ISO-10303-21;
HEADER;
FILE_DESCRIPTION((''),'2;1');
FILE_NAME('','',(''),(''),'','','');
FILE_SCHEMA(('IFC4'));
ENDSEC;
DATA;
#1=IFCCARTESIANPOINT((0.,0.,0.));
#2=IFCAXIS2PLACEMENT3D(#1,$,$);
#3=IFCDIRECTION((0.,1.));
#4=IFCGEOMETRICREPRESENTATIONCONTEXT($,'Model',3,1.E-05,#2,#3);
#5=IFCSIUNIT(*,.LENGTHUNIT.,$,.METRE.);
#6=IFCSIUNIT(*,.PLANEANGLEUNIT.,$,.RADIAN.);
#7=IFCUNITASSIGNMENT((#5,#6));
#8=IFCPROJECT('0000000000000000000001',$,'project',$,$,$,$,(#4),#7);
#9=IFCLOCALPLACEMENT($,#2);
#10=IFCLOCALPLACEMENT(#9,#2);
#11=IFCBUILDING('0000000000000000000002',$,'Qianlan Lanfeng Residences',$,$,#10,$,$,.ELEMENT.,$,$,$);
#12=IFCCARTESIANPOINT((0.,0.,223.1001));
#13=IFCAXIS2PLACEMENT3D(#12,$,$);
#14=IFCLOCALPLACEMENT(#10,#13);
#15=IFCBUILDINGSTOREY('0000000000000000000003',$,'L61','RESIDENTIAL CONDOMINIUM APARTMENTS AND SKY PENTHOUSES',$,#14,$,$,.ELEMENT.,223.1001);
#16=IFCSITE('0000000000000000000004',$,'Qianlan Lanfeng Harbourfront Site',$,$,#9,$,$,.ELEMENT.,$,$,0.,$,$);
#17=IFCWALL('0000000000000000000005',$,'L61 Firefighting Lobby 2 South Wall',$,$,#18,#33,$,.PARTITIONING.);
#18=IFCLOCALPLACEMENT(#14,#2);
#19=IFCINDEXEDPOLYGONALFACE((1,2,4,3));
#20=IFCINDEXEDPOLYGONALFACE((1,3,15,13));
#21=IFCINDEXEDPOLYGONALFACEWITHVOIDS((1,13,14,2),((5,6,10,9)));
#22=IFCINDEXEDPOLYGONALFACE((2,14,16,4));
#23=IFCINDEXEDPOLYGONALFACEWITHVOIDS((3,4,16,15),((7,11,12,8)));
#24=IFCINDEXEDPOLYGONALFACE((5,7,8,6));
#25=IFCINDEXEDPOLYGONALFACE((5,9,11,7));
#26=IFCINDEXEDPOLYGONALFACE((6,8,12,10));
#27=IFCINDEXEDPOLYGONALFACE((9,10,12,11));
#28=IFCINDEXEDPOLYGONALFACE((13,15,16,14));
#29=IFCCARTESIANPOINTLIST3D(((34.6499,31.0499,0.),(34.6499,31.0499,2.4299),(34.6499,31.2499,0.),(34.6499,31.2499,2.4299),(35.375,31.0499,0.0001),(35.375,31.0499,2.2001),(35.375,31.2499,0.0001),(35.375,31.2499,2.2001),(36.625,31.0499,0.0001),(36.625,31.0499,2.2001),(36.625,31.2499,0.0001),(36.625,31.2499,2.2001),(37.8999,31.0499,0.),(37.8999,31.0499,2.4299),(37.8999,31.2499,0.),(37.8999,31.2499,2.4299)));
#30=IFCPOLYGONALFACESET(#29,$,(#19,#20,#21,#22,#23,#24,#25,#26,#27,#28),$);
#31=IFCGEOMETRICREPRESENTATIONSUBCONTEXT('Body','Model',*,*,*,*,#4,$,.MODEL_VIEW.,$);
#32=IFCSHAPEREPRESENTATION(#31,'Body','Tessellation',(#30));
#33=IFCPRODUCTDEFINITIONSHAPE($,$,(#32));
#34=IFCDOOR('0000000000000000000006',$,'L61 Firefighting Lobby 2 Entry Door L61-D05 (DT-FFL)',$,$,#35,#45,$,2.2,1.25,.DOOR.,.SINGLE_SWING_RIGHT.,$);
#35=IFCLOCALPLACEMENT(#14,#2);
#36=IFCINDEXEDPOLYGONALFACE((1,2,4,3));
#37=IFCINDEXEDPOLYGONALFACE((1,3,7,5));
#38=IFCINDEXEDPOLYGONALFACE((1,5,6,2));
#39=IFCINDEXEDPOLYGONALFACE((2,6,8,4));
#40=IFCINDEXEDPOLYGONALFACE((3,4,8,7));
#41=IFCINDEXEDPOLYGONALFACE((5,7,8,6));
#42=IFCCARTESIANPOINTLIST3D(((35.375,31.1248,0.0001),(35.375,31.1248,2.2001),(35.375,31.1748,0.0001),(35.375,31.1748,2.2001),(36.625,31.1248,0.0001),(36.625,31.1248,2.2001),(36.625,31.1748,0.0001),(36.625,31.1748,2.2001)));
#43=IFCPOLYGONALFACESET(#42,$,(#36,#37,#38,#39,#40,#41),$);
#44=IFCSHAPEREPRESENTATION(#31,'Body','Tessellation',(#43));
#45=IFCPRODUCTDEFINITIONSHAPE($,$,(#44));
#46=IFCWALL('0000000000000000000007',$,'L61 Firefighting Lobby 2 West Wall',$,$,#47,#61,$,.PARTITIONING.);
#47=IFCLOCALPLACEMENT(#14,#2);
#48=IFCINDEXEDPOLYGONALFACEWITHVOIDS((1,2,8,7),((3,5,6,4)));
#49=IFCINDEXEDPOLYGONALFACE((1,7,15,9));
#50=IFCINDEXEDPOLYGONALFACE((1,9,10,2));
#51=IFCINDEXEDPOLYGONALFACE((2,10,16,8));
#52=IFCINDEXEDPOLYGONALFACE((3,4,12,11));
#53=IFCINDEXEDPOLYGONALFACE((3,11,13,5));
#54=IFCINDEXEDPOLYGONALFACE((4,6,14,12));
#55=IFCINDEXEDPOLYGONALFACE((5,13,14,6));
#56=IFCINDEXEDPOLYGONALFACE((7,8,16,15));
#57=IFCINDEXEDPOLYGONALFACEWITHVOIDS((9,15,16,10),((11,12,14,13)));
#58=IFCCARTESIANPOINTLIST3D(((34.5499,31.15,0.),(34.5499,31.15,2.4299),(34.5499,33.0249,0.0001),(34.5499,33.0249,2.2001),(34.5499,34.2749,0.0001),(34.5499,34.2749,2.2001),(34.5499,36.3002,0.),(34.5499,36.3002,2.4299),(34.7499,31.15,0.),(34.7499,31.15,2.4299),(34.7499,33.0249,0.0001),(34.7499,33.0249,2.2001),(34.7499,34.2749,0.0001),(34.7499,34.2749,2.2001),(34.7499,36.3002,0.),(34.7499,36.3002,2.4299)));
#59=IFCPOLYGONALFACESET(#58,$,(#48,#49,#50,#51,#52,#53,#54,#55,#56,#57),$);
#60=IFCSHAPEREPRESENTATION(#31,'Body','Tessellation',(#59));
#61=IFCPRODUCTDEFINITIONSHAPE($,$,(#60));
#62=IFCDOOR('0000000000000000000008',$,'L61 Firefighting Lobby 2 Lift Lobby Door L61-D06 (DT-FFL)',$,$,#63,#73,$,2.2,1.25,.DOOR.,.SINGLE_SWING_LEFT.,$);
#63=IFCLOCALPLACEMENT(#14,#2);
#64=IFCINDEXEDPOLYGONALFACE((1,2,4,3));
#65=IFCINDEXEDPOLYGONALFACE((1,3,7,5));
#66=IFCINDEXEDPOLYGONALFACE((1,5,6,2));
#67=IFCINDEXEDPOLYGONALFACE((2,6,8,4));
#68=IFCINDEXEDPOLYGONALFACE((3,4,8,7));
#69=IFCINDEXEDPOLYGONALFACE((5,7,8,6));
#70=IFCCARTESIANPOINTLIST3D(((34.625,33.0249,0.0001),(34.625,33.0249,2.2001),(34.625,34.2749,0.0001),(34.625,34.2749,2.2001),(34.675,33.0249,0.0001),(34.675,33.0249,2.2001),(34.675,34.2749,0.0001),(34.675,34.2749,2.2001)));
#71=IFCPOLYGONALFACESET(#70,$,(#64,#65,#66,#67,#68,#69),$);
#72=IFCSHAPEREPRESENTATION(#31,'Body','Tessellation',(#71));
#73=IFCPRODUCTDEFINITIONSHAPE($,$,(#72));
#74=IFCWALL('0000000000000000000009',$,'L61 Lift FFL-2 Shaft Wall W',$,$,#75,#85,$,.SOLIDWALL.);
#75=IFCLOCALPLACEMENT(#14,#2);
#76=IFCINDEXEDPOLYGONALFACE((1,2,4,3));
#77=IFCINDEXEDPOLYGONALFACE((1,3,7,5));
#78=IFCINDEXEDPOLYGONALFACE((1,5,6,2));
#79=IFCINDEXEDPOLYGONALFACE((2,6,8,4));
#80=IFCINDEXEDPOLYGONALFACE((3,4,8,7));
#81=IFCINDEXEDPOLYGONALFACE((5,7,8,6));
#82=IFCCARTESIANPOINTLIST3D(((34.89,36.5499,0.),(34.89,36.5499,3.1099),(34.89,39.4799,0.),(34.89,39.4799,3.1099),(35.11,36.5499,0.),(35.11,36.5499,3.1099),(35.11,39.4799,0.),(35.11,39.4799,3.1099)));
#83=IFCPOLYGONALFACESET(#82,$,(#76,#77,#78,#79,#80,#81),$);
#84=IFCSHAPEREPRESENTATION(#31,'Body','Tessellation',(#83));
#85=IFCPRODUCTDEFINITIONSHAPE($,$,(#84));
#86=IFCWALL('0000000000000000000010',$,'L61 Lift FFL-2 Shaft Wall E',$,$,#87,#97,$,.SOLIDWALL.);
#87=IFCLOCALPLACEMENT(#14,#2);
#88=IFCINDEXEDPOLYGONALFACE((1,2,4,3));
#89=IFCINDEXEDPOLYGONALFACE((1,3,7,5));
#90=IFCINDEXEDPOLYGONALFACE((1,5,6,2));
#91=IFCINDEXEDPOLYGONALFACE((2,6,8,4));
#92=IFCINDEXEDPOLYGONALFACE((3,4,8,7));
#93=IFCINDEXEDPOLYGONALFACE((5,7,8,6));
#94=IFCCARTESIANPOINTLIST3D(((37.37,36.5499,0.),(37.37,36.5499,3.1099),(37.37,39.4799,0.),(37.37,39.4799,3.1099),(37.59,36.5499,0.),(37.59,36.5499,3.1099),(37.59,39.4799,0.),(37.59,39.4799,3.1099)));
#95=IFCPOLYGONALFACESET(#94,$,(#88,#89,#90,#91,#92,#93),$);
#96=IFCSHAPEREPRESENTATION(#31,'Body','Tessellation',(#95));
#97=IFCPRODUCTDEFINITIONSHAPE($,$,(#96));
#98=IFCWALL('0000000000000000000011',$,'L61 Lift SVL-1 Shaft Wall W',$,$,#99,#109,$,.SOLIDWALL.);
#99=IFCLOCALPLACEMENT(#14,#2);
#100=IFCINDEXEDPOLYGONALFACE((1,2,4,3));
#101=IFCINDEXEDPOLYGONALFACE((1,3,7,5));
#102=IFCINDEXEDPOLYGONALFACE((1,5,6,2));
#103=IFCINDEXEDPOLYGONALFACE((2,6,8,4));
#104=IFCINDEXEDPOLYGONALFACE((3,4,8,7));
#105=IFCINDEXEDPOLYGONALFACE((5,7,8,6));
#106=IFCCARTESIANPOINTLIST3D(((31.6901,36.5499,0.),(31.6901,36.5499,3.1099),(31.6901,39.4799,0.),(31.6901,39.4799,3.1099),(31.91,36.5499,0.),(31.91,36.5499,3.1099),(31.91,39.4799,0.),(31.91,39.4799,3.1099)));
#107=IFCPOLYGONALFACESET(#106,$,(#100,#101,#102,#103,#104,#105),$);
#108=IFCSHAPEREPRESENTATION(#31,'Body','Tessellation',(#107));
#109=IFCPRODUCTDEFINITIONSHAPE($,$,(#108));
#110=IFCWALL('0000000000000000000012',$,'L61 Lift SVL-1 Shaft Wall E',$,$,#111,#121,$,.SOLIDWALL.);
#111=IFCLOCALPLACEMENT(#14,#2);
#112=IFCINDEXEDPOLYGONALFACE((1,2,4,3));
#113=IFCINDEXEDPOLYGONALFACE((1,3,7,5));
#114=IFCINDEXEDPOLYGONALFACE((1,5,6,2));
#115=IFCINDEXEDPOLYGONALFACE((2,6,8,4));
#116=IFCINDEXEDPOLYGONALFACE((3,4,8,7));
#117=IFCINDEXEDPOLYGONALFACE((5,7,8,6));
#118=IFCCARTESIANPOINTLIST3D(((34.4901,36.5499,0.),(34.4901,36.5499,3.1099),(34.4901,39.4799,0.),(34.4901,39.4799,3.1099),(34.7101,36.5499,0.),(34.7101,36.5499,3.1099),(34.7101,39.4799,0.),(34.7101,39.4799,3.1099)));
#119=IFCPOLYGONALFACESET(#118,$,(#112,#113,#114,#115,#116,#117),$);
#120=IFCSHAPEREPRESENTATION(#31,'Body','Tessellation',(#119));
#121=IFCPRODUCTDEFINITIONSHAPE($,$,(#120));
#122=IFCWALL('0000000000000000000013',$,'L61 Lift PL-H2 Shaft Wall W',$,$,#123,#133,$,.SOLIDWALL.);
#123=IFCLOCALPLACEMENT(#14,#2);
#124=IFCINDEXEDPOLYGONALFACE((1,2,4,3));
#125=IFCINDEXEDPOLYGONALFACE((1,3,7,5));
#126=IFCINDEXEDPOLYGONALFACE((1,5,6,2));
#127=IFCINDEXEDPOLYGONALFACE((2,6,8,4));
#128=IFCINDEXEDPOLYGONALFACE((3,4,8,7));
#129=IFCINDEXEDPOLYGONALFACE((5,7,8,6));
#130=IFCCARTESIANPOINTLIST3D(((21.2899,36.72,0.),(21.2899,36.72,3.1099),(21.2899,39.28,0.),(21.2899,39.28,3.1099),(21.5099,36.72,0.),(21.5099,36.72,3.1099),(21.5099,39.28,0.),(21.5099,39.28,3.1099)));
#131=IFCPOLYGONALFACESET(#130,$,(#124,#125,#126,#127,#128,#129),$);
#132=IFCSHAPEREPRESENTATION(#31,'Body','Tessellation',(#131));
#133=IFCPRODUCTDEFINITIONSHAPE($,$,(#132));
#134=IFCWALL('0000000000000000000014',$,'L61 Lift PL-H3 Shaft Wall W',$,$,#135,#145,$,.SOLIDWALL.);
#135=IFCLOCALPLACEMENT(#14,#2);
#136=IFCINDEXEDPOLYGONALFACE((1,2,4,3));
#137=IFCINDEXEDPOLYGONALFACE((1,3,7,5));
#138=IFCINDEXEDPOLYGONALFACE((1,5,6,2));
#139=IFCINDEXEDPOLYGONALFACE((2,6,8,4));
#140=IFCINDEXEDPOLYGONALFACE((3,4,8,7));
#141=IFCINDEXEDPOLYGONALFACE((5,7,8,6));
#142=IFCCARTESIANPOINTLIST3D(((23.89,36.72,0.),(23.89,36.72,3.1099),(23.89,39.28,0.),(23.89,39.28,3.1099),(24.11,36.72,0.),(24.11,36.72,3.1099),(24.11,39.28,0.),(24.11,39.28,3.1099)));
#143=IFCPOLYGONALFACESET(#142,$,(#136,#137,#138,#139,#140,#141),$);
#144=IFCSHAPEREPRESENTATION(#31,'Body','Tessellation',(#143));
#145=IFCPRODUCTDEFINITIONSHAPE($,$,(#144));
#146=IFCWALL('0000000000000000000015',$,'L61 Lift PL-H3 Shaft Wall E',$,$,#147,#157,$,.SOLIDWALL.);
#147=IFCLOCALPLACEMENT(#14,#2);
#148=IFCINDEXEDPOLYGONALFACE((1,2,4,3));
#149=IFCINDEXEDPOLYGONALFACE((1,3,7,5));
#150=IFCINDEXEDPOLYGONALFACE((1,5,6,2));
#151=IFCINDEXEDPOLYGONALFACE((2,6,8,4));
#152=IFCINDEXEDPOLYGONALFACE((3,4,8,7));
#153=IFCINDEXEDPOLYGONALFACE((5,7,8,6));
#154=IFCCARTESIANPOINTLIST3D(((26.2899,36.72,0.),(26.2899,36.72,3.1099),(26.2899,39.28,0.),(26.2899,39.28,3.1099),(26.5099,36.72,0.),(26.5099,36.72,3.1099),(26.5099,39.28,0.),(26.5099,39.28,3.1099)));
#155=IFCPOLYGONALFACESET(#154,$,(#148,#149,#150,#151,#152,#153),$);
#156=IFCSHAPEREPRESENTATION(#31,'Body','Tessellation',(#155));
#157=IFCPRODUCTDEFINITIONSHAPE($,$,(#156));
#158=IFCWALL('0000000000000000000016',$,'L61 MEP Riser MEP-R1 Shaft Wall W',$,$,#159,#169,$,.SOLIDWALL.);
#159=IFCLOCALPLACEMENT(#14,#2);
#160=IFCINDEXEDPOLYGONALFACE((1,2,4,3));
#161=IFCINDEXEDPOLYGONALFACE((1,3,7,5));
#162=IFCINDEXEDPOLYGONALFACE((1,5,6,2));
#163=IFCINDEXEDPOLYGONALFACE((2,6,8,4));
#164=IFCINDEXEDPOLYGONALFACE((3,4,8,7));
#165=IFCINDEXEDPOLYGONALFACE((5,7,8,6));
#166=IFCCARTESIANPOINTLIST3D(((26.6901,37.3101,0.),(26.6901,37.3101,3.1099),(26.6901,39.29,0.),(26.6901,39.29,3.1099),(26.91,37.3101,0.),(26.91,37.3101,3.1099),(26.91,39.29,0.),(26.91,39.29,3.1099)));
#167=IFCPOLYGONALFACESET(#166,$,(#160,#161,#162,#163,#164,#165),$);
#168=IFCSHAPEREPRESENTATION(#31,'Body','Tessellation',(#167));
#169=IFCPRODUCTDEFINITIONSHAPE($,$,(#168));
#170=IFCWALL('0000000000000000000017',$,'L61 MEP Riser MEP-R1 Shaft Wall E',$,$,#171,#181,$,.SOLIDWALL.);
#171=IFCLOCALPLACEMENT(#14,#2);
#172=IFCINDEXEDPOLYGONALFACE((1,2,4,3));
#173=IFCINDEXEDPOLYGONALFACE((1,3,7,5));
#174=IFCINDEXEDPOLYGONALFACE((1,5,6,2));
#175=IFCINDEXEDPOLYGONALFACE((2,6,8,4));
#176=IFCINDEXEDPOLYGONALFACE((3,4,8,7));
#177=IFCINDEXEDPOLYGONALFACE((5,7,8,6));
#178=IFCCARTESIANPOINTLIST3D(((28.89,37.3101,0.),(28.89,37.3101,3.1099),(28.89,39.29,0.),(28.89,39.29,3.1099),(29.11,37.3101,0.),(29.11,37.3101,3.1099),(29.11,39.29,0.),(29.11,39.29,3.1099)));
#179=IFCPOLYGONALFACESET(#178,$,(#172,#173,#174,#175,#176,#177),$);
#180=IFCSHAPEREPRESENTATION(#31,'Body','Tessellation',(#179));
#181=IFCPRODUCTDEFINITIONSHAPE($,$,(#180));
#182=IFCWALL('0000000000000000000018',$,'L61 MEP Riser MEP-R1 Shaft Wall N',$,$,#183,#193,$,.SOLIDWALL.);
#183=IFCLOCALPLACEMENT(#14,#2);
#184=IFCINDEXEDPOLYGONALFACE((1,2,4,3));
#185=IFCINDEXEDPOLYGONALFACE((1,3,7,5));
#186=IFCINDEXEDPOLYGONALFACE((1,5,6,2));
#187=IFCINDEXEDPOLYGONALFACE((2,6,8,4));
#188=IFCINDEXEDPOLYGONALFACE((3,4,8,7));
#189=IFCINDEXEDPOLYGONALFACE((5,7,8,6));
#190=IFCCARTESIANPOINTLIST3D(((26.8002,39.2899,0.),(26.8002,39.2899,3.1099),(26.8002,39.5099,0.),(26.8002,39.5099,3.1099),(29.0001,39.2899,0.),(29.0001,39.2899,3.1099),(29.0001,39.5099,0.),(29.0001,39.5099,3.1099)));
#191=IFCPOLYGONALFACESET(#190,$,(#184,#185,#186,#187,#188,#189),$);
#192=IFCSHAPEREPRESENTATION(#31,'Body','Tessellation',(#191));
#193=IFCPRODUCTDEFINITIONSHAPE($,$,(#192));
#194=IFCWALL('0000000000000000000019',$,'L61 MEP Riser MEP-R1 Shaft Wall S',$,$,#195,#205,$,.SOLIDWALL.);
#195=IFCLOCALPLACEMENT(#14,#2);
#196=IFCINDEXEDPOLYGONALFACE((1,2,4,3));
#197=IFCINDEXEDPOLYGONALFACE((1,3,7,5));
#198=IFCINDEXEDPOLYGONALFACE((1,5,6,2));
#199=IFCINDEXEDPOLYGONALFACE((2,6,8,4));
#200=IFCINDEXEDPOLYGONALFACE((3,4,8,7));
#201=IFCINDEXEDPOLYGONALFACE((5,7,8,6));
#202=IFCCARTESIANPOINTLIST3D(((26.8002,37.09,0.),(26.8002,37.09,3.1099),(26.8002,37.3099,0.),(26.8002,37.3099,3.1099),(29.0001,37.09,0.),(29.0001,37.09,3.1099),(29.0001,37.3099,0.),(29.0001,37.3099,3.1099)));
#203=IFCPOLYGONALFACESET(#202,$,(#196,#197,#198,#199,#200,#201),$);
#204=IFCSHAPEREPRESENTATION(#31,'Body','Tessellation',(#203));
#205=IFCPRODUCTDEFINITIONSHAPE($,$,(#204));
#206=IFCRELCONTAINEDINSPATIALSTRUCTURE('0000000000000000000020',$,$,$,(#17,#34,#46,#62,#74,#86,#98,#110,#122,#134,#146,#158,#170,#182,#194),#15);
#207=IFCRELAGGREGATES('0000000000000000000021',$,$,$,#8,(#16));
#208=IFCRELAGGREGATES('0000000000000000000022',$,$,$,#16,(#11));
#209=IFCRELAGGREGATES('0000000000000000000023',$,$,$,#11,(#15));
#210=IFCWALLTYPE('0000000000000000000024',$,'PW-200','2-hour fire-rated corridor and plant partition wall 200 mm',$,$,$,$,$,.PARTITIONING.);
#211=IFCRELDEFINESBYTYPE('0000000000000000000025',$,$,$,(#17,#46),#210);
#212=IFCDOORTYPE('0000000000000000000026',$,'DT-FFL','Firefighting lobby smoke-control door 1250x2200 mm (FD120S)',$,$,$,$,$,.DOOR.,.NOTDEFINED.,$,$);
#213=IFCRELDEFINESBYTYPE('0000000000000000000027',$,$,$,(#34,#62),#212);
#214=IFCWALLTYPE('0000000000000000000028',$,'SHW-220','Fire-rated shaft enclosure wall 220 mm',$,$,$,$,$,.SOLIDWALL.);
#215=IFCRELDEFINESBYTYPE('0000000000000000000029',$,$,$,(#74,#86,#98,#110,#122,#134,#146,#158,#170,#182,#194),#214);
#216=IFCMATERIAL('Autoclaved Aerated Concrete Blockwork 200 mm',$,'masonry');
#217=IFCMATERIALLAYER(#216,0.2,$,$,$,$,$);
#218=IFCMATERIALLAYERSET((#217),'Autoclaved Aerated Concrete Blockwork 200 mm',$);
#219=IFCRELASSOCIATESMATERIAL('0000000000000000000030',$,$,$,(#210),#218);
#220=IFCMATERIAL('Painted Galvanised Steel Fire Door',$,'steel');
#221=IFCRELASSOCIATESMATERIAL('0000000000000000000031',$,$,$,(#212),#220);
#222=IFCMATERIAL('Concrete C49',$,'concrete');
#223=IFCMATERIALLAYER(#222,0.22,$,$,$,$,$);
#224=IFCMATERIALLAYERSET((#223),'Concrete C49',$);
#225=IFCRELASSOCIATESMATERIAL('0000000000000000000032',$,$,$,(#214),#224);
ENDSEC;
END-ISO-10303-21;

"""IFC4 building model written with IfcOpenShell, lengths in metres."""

from ifc_helpers import new_model, si_unit, direction, frame, frame_2d, origin, place, context, subcontext, project, spatial, rectangle, extrude, material, layer, layer_set, type_object, element, fill, save


model = new_model("IFC4")

# Units and contexts
model_context = context("Model", 3, precision=1e-05, world=origin(), true_north=direction((0.0, 1.0)))
body_context = subcontext(model_context, "Body", "Model", "MODEL_VIEW")
ifc_project = project(units=[si_unit("LENGTHUNIT", "METRE"), si_unit("PLANEANGLEUNIT", "RADIAN")], contexts=[model_context])

# Site, building, storey
site_placement = place(None, origin())
site = spatial("IfcSite", under=ifc_project, at=site_placement, Name="Qianlan Lanfeng Harbourfront Site", CompositionType="ELEMENT", RefElevation=0.0)
building_placement = place(site_placement, origin())
building = spatial("IfcBuilding", under=site, at=building_placement, Name="Qianlan Lanfeng Residences", CompositionType="ELEMENT")
storey_placement = place(building_placement, frame((0.0, 0.0, 223.1001)))
storey = spatial("IfcBuildingStorey", under=building, at=storey_placement, Name="L61", Description="RESIDENTIAL CONDOMINIUM APARTMENTS AND SKY PENTHOUSES", CompositionType="ELEMENT", Elevation=223.1001)

# Walls, openings, doors
ifc_material_1 = material(Name="Autoclaved Aerated Concrete Blockwork 200 mm", Category="masonry")
ifc_layer_1 = layer(ifc_material_1, 0.2)
ifc_layer_set_1 = layer_set([ifc_layer_1], Name="Autoclaved Aerated Concrete Blockwork 200 mm")
wall_type_1 = type_object("IfcWallType", Name="PW-200", Description="2-hour fire-rated corridor and plant partition wall 200 mm", PredefinedType="PARTITIONING", material=ifc_layer_set_1)
wall_1_placement = place(storey_placement, frame((34.6499, 31.1499, 0.0), z_axis=(0.0, 0.0, 1.0), x_axis=(1.0, 0.0, 0.0)))
wall_1 = element("IfcWall", 1, at=wall_1_placement, inside=storey, type_object=wall_type_1, Name="L61 Firefighting Lobby 2 South Wall", PredefinedType="PARTITIONING", context=body_context, shape_type="SweptSolid", body=[
    extrude(rectangle(XDim=3.25, YDim=0.2, at=frame_2d((1.625, 0.0))), origin(), (0.0, 0.0, 1.0), 2.4299),
])
opening_1_placement = place(wall_1_placement, frame((0.7251, 0.0, 0.0)))
opening_1 = element("IfcOpeningElement", 2, at=opening_1_placement, cuts=wall_1, PredefinedType="OPENING", context=body_context, shape_type="SweptSolid", body=[
    extrude(rectangle(XDim=1.25, YDim=2.2, at=frame_2d((0.625, 1.1001))), frame((0.0, 0.1099, 0.0), z_axis=(0.0, -1.0, 0.0), x_axis=(1.0, 0.0, 0.0)), (0.0, 0.0, 1.0), 0.22),
])
ifc_material_2 = material(Name="Painted Galvanised Steel Fire Door", Category="steel")
door_type = type_object("IfcDoorType", Name="DT-FFL", Description="Firefighting lobby smoke-control door 1250x2200 mm (FD120S)", OperationType="NOTDEFINED", PredefinedType="DOOR", material=ifc_material_2)
door_1_placement = place(opening_1_placement, origin())
door_1 = element("IfcDoor", 3, at=door_1_placement, inside=storey, type_object=door_type, Name="L61 Firefighting Lobby 2 Entry Door L61-D05 (DT-FFL)", OperationType="SINGLE_SWING_RIGHT", OverallHeight=2.2, OverallWidth=1.25, PredefinedType="DOOR", context=body_context, shape_type="SweptSolid", body=[
    extrude(rectangle(XDim=1.25, YDim=2.2, at=frame_2d((0.625, 1.1001))), frame((0.0, 0.0249, 0.0), z_axis=(0.0, -1.0, 0.0), x_axis=(1.0, 0.0, 0.0)), (0.0, 0.0, 1.0), 0.05),
])
fill(opening_1, door_1)
wall_2_placement = place(storey_placement, frame((34.6499, 31.1499, 0.0), z_axis=(0.0, 0.0, 1.0), x_axis=(0.0, 1.0, 0.0)))
wall_2 = element("IfcWall", 4, at=wall_2_placement, inside=storey, type_object=wall_type_1, Name="L61 Firefighting Lobby 2 West Wall", PredefinedType="PARTITIONING", context=body_context, shape_type="SweptSolid", body=[
    extrude(rectangle(XDim=5.1501, YDim=0.2, at=frame_2d((2.5752, 0.0))), origin(), (0.0, 0.0, 1.0), 2.4299),
])
opening_2_placement = place(wall_2_placement, frame((1.875, 0.0, 0.0)))
opening_2 = element("IfcOpeningElement", 5, at=opening_2_placement, cuts=wall_2, PredefinedType="OPENING", context=body_context, shape_type="SweptSolid", body=[
    extrude(rectangle(XDim=1.25, YDim=2.2, at=frame_2d((0.625, 1.1001))), frame((0.0, 0.1099, 0.0), z_axis=(0.0, -1.0, 0.0), x_axis=(1.0, 0.0, 0.0)), (0.0, 0.0, 1.0), 0.22),
])
door_2_placement = place(opening_2_placement, origin())
door_2 = element("IfcDoor", 6, at=door_2_placement, inside=storey, type_object=door_type, Name="L61 Firefighting Lobby 2 Lift Lobby Door L61-D06 (DT-FFL)", OperationType="SINGLE_SWING_LEFT", OverallHeight=2.2, OverallWidth=1.25, PredefinedType="DOOR", context=body_context, shape_type="SweptSolid", body=[
    extrude(rectangle(XDim=1.25, YDim=2.2, at=frame_2d((0.625, 1.1001))), frame((0.0, 0.0249, 0.0), z_axis=(0.0, -1.0, 0.0), x_axis=(1.0, 0.0, 0.0)), (0.0, 0.0, 1.0), 0.05),
])
fill(opening_2, door_2)

# Walls
ifc_material_3 = material(Name="Concrete C49", Category="concrete")
ifc_layer_2 = layer(ifc_material_3, 0.22)
ifc_layer_set_2 = layer_set([ifc_layer_2], Name="Concrete C49")
wall_type_2 = type_object("IfcWallType", Name="SHW-220", Description="Fire-rated shaft enclosure wall 220 mm", PredefinedType="SOLIDWALL", material=ifc_layer_set_2)
for number, where, z_axis, x_axis, name in (
    (7, (35.0, 36.55, 0.0), (0.0, 0.0, 1.0), (0.0, 1.0, 0.0), "L61 Lift FFL-2 Shaft Wall W"),
    (8, (37.48, 36.55, 0.0), (0.0, 0.0, 1.0), (0.0, 1.0, 0.0), "L61 Lift FFL-2 Shaft Wall E"),
    (9, (31.8, 36.55, 0.0), (0.0, 0.0, 1.0), (0.0, 1.0, 0.0), "L61 Lift SVL-1 Shaft Wall W"),
    (10, (34.6001, 36.55, 0.0), (0.0, 0.0, 1.0), (0.0, 1.0, 0.0), "L61 Lift SVL-1 Shaft Wall E"),
):
    element("IfcWall", number, at=place(storey_placement, frame(where, z_axis=z_axis, x_axis=x_axis)), inside=storey, type_object=wall_type_2, Name=name, PredefinedType="SOLIDWALL", context=body_context, shape_type="SweptSolid", body=[
        extrude(rectangle(XDim=2.9299, YDim=0.22, at=frame_2d((1.4648, 0.0))), origin(), (0.0, 0.0, 1.0), 3.1099),
    ])
for number, where, z_axis, x_axis, name in (
    (11, (21.3999, 36.72, 0.0), (0.0, 0.0, 1.0), (0.0, 1.0, 0.0), "L61 Lift PL-H2 Shaft Wall W"),
    (12, (24.0, 36.72, 0.0), (0.0, 0.0, 1.0), (0.0, 1.0, 0.0), "L61 Lift PL-H3 Shaft Wall W"),
    (13, (26.3999, 36.72, 0.0), (0.0, 0.0, 1.0), (0.0, 1.0, 0.0), "L61 Lift PL-H3 Shaft Wall E"),
):
    element("IfcWall", number, at=place(storey_placement, frame(where, z_axis=z_axis, x_axis=x_axis)), inside=storey, type_object=wall_type_2, Name=name, PredefinedType="SOLIDWALL", context=body_context, shape_type="SweptSolid", body=[
        extrude(rectangle(XDim=2.5601, YDim=0.22, at=frame_2d((1.28, 0.0))), origin(), (0.0, 0.0, 1.0), 3.1099),
    ])
for number, where, z_axis, x_axis, name in (
    (14, (26.8, 37.3101, 0.0), (0.0, 0.0, 1.0), (0.0, 1.0, 0.0), "L61 MEP Riser MEP-R1 Shaft Wall W"),
    (15, (29.0, 37.3101, 0.0), (0.0, 0.0, 1.0), (0.0, 1.0, 0.0), "L61 MEP Riser MEP-R1 Shaft Wall E"),
):
    element("IfcWall", number, at=place(storey_placement, frame(where, z_axis=z_axis, x_axis=x_axis)), inside=storey, type_object=wall_type_2, Name=name, PredefinedType="SOLIDWALL", context=body_context, shape_type="SweptSolid", body=[
        extrude(rectangle(XDim=1.98, YDim=0.22, at=frame_2d((0.99, 0.0))), origin(), (0.0, 0.0, 1.0), 3.1099),
    ])
for number, where, z_axis, x_axis, name in (
    (16, (26.8, 39.3999, 0.0), (0.0, 0.0, 1.0), (1.0, 0.0, 0.0), "L61 MEP Riser MEP-R1 Shaft Wall N"),
    (17, (26.8, 37.2, 0.0), (0.0, 0.0, 1.0), (1.0, 0.0, 0.0), "L61 MEP Riser MEP-R1 Shaft Wall S"),
):
    element("IfcWall", number, at=place(storey_placement, frame(where, z_axis=z_axis, x_axis=x_axis)), inside=storey, type_object=wall_type_2, Name=name, PredefinedType="SOLIDWALL", context=body_context, shape_type="SweptSolid", body=[
        extrude(rectangle(XDim=2.2, YDim=0.22, at=frame_2d((1.1001, 0.0))), origin(), (0.0, 0.0, 1.0), 3.1099),
    ])

save(model, "model.ifc")
